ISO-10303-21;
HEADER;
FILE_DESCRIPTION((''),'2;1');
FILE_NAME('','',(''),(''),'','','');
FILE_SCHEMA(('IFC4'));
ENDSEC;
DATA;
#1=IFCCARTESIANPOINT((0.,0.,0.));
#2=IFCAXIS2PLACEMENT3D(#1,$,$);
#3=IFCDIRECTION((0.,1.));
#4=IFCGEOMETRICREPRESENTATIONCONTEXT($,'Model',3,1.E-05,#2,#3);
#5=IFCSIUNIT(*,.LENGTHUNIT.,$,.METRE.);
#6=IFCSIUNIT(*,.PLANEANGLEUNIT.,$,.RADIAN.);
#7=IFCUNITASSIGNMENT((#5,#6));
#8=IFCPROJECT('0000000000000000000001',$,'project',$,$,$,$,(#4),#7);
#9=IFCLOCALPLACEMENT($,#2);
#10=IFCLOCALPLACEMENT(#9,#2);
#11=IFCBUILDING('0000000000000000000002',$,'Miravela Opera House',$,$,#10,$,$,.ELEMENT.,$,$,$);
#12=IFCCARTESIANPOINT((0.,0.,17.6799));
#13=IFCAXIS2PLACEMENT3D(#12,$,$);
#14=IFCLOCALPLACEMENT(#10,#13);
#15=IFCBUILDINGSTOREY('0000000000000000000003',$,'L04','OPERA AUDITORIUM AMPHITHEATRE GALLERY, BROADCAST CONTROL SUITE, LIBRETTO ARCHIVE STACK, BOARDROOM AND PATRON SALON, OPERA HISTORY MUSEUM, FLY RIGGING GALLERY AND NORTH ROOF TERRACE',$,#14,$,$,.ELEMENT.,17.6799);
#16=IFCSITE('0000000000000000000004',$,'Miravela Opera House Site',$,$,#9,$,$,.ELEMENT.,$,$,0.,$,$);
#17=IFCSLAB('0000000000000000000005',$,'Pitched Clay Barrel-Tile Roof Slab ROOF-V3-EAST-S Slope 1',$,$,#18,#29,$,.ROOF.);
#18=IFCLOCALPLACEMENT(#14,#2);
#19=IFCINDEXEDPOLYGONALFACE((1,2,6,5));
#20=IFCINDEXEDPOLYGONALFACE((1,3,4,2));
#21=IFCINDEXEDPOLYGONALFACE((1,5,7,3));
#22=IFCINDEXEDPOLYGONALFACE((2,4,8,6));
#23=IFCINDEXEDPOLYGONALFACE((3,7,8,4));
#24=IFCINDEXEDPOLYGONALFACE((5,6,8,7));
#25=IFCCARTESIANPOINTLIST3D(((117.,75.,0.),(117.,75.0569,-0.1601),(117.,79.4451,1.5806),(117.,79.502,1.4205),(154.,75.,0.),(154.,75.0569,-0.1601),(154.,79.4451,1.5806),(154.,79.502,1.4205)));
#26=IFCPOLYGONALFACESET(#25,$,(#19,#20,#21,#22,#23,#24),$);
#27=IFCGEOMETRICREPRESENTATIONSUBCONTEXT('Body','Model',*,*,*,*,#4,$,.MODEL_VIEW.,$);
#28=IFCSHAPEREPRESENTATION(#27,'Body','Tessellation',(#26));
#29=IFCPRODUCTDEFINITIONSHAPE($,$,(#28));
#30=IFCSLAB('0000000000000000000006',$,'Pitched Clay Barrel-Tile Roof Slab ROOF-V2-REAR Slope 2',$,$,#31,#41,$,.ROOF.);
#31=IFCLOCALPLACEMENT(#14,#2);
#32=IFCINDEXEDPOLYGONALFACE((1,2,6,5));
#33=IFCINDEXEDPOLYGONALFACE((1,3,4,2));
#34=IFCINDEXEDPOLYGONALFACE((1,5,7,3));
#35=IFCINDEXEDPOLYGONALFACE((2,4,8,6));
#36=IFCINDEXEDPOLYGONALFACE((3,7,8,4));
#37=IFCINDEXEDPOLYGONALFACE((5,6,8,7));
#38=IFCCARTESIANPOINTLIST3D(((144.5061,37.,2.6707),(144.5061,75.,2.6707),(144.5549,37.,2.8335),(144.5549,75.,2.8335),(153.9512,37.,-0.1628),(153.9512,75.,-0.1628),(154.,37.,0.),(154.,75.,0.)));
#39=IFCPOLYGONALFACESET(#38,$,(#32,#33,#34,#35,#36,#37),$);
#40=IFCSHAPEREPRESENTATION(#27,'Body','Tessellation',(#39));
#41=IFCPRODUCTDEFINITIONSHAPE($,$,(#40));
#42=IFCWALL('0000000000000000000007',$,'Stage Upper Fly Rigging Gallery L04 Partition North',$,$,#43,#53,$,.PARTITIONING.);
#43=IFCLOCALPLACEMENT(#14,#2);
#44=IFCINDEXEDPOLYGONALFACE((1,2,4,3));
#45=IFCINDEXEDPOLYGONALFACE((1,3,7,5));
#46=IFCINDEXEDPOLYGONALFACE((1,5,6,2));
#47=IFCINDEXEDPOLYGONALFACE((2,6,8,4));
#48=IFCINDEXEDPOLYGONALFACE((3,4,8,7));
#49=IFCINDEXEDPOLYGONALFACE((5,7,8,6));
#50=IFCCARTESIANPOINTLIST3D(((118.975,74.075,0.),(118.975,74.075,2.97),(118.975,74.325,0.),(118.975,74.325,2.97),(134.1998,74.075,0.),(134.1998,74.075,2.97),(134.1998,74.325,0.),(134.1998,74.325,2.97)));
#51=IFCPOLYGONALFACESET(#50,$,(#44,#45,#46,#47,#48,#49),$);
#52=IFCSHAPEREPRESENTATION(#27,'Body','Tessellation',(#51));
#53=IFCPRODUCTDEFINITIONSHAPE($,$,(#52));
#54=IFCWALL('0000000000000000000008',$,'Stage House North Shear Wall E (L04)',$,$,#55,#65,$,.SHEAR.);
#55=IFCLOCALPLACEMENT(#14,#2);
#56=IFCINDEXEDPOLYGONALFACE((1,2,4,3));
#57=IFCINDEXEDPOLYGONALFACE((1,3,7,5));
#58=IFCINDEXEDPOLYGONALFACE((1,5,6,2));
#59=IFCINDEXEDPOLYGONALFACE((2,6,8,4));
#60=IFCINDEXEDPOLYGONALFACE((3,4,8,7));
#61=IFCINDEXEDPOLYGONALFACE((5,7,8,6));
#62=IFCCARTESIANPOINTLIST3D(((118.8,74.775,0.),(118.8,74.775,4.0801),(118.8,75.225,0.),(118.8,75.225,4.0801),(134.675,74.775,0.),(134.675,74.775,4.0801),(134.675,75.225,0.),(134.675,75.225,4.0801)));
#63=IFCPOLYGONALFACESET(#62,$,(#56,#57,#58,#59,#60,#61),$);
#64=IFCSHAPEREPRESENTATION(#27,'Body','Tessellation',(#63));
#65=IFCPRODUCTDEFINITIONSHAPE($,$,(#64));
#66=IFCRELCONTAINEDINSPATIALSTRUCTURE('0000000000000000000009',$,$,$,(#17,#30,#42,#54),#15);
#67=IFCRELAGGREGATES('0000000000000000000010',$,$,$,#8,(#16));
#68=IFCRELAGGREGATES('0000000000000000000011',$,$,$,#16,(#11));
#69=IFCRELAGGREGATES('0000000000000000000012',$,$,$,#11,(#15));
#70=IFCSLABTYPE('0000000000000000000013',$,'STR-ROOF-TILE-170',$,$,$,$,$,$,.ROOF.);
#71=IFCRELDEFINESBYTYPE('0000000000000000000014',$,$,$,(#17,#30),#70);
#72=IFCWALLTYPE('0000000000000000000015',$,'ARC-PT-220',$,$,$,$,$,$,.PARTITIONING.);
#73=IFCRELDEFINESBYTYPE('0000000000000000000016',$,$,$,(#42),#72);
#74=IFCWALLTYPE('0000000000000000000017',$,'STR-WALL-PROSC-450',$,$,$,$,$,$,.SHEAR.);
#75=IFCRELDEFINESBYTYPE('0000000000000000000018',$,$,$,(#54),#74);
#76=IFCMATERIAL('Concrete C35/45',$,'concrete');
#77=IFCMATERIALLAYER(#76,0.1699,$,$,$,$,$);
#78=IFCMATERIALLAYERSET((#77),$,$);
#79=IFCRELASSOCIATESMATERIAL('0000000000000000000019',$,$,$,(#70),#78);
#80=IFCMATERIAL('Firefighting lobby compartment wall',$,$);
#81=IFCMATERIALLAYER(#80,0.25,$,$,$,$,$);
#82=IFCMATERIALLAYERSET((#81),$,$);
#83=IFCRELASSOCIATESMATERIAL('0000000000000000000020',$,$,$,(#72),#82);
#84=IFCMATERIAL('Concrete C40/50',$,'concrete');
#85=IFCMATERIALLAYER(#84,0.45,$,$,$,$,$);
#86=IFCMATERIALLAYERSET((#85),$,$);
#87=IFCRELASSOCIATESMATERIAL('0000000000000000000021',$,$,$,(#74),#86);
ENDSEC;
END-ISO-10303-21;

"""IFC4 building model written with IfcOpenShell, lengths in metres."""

from ifc_helpers import new_model, si_unit, direction, frame, frame_2d, origin, place, context, subcontext, project, spatial, polyline, rectangle, outline, extrude, material, layer, layer_set, type_object, element, save


model = new_model("IFC4")

# Units and contexts
model_context = context("Model", 3, precision=1e-05, world=origin(), true_north=direction((0.0, 1.0)))
body_context = subcontext(model_context, "Body", "Model", "MODEL_VIEW")
ifc_project = project(units=[si_unit("LENGTHUNIT", "METRE"), si_unit("PLANEANGLEUNIT", "RADIAN")], contexts=[model_context])

# Site, building, storey
site_placement = place(None, origin())
site = spatial("IfcSite", under=ifc_project, at=site_placement, Name="Miravela Opera House Site", CompositionType="ELEMENT", RefElevation=0.0)
building_placement = place(site_placement, origin())
building = spatial("IfcBuilding", under=site, at=building_placement, Name="Miravela Opera House", CompositionType="ELEMENT")
storey_placement = place(building_placement, frame((0.0, 0.0, 17.6799)))
storey = spatial("IfcBuildingStorey", under=building, at=storey_placement, Name="L04", Description="OPERA AUDITORIUM AMPHITHEATRE GALLERY, BROADCAST CONTROL SUITE, LIBRETTO ARCHIVE STACK, BOARDROOM AND PATRON SALON, OPERA HISTORY MUSEUM, FLY RIGGING GALLERY AND NORTH ROOF TERRACE", CompositionType="ELEMENT", Elevation=17.6799)

# Shared definitions
ifc_material_1 = material(Name="Concrete C35/45", Category="concrete")

# Shared definitions
ifc_material_2 = material(Name="Concrete C40/50", Category="concrete")

# Slabs
ifc_layer_1 = layer(ifc_material_1, 0.1699)
ifc_layer_set_1 = layer_set([ifc_layer_1])
slab_type = type_object("IfcSlabType", Name="STR-ROOF-TILE-170", PredefinedType="ROOF", material=ifc_layer_set_1)
slab_1_placement = place(storey_placement, frame((117.0, 75.0, 0.0), z_axis=(0.0, -0.335028, 0.942208), x_axis=(1.0, 0.0, 0.0)))
element("IfcSlab", 1, at=slab_1_placement, inside=storey, type_object=slab_type, Name="Pitched Clay Barrel-Tile Roof Slab ROOF-V3-EAST-S Slope 1", PredefinedType="ROOF", context=body_context, shape_type="SweptSolid", body=[
    extrude(outline(polyline([(0.0, 0.0), (37.0, 0.0), (37.0, 4.7177), (0.0, 4.7177), (0.0, 0.0)])), origin(), (0.0, 0.0, -1.0), 0.1699),
])
slab_2_placement = place(storey_placement, frame((154.0, 75.0, 0.0), z_axis=(0.287346, 0.0, 0.957827), x_axis=(0.0, -1.0, 0.0)))
element("IfcSlab", 2, at=slab_2_placement, inside=storey, type_object=slab_type, Name="Pitched Clay Barrel-Tile Roof Slab ROOF-V2-REAR Slope 2", PredefinedType="ROOF", context=body_context, shape_type="SweptSolid", body=[
    extrude(outline(polyline([(0.0, 0.0), (38.0, 0.0), (38.0, -9.8609), (0.0, -9.8609), (0.0, 0.0)])), origin(), (0.0, 0.0, -1.0), 0.1699),
])

# Walls
ifc_material_3 = material(Name="Firefighting lobby compartment wall")
ifc_layer_2 = layer(ifc_material_3, 0.25)
ifc_layer_set_2 = layer_set([ifc_layer_2])
wall_type_1 = type_object("IfcWallType", Name="ARC-PT-220", PredefinedType="PARTITIONING", material=ifc_layer_set_2)
wall_1_placement = place(storey_placement, frame((118.9751, 74.2, 0.0), z_axis=(0.0, 0.0, 1.0), x_axis=(1.0, 0.0, 0.0)))
element("IfcWall", 3, at=wall_1_placement, inside=storey, type_object=wall_type_1, Name="Stage Upper Fly Rigging Gallery L04 Partition North", PredefinedType="PARTITIONING", context=body_context, shape_type="SweptSolid", body=[
    extrude(rectangle(XDim=15.2249, YDim=0.25, at=frame_2d((7.6123, 0.0))), origin(), (0.0, 0.0, 1.0), 2.97),
])
ifc_layer_3 = layer(ifc_material_2, 0.45)
ifc_layer_set_3 = layer_set([ifc_layer_3])
wall_type_2 = type_object("IfcWallType", Name="STR-WALL-PROSC-450", PredefinedType="SHEAR", material=ifc_layer_set_3)
wall_2_placement = place(storey_placement, frame((118.8, 75.0, 0.0), z_axis=(0.0, 0.0, 1.0), x_axis=(1.0, 0.0, 0.0)))
element("IfcWall", 4, at=wall_2_placement, inside=storey, type_object=wall_type_2, Name="Stage House North Shear Wall E (L04)", PredefinedType="SHEAR", context=body_context, shape_type="SweptSolid", body=[
    extrude(rectangle(XDim=15.875, YDim=0.45, at=frame_2d((7.9375, 0.0))), origin(), (0.0, 0.0, 1.0), 4.0801),
])

save(model, "model.ifc")
